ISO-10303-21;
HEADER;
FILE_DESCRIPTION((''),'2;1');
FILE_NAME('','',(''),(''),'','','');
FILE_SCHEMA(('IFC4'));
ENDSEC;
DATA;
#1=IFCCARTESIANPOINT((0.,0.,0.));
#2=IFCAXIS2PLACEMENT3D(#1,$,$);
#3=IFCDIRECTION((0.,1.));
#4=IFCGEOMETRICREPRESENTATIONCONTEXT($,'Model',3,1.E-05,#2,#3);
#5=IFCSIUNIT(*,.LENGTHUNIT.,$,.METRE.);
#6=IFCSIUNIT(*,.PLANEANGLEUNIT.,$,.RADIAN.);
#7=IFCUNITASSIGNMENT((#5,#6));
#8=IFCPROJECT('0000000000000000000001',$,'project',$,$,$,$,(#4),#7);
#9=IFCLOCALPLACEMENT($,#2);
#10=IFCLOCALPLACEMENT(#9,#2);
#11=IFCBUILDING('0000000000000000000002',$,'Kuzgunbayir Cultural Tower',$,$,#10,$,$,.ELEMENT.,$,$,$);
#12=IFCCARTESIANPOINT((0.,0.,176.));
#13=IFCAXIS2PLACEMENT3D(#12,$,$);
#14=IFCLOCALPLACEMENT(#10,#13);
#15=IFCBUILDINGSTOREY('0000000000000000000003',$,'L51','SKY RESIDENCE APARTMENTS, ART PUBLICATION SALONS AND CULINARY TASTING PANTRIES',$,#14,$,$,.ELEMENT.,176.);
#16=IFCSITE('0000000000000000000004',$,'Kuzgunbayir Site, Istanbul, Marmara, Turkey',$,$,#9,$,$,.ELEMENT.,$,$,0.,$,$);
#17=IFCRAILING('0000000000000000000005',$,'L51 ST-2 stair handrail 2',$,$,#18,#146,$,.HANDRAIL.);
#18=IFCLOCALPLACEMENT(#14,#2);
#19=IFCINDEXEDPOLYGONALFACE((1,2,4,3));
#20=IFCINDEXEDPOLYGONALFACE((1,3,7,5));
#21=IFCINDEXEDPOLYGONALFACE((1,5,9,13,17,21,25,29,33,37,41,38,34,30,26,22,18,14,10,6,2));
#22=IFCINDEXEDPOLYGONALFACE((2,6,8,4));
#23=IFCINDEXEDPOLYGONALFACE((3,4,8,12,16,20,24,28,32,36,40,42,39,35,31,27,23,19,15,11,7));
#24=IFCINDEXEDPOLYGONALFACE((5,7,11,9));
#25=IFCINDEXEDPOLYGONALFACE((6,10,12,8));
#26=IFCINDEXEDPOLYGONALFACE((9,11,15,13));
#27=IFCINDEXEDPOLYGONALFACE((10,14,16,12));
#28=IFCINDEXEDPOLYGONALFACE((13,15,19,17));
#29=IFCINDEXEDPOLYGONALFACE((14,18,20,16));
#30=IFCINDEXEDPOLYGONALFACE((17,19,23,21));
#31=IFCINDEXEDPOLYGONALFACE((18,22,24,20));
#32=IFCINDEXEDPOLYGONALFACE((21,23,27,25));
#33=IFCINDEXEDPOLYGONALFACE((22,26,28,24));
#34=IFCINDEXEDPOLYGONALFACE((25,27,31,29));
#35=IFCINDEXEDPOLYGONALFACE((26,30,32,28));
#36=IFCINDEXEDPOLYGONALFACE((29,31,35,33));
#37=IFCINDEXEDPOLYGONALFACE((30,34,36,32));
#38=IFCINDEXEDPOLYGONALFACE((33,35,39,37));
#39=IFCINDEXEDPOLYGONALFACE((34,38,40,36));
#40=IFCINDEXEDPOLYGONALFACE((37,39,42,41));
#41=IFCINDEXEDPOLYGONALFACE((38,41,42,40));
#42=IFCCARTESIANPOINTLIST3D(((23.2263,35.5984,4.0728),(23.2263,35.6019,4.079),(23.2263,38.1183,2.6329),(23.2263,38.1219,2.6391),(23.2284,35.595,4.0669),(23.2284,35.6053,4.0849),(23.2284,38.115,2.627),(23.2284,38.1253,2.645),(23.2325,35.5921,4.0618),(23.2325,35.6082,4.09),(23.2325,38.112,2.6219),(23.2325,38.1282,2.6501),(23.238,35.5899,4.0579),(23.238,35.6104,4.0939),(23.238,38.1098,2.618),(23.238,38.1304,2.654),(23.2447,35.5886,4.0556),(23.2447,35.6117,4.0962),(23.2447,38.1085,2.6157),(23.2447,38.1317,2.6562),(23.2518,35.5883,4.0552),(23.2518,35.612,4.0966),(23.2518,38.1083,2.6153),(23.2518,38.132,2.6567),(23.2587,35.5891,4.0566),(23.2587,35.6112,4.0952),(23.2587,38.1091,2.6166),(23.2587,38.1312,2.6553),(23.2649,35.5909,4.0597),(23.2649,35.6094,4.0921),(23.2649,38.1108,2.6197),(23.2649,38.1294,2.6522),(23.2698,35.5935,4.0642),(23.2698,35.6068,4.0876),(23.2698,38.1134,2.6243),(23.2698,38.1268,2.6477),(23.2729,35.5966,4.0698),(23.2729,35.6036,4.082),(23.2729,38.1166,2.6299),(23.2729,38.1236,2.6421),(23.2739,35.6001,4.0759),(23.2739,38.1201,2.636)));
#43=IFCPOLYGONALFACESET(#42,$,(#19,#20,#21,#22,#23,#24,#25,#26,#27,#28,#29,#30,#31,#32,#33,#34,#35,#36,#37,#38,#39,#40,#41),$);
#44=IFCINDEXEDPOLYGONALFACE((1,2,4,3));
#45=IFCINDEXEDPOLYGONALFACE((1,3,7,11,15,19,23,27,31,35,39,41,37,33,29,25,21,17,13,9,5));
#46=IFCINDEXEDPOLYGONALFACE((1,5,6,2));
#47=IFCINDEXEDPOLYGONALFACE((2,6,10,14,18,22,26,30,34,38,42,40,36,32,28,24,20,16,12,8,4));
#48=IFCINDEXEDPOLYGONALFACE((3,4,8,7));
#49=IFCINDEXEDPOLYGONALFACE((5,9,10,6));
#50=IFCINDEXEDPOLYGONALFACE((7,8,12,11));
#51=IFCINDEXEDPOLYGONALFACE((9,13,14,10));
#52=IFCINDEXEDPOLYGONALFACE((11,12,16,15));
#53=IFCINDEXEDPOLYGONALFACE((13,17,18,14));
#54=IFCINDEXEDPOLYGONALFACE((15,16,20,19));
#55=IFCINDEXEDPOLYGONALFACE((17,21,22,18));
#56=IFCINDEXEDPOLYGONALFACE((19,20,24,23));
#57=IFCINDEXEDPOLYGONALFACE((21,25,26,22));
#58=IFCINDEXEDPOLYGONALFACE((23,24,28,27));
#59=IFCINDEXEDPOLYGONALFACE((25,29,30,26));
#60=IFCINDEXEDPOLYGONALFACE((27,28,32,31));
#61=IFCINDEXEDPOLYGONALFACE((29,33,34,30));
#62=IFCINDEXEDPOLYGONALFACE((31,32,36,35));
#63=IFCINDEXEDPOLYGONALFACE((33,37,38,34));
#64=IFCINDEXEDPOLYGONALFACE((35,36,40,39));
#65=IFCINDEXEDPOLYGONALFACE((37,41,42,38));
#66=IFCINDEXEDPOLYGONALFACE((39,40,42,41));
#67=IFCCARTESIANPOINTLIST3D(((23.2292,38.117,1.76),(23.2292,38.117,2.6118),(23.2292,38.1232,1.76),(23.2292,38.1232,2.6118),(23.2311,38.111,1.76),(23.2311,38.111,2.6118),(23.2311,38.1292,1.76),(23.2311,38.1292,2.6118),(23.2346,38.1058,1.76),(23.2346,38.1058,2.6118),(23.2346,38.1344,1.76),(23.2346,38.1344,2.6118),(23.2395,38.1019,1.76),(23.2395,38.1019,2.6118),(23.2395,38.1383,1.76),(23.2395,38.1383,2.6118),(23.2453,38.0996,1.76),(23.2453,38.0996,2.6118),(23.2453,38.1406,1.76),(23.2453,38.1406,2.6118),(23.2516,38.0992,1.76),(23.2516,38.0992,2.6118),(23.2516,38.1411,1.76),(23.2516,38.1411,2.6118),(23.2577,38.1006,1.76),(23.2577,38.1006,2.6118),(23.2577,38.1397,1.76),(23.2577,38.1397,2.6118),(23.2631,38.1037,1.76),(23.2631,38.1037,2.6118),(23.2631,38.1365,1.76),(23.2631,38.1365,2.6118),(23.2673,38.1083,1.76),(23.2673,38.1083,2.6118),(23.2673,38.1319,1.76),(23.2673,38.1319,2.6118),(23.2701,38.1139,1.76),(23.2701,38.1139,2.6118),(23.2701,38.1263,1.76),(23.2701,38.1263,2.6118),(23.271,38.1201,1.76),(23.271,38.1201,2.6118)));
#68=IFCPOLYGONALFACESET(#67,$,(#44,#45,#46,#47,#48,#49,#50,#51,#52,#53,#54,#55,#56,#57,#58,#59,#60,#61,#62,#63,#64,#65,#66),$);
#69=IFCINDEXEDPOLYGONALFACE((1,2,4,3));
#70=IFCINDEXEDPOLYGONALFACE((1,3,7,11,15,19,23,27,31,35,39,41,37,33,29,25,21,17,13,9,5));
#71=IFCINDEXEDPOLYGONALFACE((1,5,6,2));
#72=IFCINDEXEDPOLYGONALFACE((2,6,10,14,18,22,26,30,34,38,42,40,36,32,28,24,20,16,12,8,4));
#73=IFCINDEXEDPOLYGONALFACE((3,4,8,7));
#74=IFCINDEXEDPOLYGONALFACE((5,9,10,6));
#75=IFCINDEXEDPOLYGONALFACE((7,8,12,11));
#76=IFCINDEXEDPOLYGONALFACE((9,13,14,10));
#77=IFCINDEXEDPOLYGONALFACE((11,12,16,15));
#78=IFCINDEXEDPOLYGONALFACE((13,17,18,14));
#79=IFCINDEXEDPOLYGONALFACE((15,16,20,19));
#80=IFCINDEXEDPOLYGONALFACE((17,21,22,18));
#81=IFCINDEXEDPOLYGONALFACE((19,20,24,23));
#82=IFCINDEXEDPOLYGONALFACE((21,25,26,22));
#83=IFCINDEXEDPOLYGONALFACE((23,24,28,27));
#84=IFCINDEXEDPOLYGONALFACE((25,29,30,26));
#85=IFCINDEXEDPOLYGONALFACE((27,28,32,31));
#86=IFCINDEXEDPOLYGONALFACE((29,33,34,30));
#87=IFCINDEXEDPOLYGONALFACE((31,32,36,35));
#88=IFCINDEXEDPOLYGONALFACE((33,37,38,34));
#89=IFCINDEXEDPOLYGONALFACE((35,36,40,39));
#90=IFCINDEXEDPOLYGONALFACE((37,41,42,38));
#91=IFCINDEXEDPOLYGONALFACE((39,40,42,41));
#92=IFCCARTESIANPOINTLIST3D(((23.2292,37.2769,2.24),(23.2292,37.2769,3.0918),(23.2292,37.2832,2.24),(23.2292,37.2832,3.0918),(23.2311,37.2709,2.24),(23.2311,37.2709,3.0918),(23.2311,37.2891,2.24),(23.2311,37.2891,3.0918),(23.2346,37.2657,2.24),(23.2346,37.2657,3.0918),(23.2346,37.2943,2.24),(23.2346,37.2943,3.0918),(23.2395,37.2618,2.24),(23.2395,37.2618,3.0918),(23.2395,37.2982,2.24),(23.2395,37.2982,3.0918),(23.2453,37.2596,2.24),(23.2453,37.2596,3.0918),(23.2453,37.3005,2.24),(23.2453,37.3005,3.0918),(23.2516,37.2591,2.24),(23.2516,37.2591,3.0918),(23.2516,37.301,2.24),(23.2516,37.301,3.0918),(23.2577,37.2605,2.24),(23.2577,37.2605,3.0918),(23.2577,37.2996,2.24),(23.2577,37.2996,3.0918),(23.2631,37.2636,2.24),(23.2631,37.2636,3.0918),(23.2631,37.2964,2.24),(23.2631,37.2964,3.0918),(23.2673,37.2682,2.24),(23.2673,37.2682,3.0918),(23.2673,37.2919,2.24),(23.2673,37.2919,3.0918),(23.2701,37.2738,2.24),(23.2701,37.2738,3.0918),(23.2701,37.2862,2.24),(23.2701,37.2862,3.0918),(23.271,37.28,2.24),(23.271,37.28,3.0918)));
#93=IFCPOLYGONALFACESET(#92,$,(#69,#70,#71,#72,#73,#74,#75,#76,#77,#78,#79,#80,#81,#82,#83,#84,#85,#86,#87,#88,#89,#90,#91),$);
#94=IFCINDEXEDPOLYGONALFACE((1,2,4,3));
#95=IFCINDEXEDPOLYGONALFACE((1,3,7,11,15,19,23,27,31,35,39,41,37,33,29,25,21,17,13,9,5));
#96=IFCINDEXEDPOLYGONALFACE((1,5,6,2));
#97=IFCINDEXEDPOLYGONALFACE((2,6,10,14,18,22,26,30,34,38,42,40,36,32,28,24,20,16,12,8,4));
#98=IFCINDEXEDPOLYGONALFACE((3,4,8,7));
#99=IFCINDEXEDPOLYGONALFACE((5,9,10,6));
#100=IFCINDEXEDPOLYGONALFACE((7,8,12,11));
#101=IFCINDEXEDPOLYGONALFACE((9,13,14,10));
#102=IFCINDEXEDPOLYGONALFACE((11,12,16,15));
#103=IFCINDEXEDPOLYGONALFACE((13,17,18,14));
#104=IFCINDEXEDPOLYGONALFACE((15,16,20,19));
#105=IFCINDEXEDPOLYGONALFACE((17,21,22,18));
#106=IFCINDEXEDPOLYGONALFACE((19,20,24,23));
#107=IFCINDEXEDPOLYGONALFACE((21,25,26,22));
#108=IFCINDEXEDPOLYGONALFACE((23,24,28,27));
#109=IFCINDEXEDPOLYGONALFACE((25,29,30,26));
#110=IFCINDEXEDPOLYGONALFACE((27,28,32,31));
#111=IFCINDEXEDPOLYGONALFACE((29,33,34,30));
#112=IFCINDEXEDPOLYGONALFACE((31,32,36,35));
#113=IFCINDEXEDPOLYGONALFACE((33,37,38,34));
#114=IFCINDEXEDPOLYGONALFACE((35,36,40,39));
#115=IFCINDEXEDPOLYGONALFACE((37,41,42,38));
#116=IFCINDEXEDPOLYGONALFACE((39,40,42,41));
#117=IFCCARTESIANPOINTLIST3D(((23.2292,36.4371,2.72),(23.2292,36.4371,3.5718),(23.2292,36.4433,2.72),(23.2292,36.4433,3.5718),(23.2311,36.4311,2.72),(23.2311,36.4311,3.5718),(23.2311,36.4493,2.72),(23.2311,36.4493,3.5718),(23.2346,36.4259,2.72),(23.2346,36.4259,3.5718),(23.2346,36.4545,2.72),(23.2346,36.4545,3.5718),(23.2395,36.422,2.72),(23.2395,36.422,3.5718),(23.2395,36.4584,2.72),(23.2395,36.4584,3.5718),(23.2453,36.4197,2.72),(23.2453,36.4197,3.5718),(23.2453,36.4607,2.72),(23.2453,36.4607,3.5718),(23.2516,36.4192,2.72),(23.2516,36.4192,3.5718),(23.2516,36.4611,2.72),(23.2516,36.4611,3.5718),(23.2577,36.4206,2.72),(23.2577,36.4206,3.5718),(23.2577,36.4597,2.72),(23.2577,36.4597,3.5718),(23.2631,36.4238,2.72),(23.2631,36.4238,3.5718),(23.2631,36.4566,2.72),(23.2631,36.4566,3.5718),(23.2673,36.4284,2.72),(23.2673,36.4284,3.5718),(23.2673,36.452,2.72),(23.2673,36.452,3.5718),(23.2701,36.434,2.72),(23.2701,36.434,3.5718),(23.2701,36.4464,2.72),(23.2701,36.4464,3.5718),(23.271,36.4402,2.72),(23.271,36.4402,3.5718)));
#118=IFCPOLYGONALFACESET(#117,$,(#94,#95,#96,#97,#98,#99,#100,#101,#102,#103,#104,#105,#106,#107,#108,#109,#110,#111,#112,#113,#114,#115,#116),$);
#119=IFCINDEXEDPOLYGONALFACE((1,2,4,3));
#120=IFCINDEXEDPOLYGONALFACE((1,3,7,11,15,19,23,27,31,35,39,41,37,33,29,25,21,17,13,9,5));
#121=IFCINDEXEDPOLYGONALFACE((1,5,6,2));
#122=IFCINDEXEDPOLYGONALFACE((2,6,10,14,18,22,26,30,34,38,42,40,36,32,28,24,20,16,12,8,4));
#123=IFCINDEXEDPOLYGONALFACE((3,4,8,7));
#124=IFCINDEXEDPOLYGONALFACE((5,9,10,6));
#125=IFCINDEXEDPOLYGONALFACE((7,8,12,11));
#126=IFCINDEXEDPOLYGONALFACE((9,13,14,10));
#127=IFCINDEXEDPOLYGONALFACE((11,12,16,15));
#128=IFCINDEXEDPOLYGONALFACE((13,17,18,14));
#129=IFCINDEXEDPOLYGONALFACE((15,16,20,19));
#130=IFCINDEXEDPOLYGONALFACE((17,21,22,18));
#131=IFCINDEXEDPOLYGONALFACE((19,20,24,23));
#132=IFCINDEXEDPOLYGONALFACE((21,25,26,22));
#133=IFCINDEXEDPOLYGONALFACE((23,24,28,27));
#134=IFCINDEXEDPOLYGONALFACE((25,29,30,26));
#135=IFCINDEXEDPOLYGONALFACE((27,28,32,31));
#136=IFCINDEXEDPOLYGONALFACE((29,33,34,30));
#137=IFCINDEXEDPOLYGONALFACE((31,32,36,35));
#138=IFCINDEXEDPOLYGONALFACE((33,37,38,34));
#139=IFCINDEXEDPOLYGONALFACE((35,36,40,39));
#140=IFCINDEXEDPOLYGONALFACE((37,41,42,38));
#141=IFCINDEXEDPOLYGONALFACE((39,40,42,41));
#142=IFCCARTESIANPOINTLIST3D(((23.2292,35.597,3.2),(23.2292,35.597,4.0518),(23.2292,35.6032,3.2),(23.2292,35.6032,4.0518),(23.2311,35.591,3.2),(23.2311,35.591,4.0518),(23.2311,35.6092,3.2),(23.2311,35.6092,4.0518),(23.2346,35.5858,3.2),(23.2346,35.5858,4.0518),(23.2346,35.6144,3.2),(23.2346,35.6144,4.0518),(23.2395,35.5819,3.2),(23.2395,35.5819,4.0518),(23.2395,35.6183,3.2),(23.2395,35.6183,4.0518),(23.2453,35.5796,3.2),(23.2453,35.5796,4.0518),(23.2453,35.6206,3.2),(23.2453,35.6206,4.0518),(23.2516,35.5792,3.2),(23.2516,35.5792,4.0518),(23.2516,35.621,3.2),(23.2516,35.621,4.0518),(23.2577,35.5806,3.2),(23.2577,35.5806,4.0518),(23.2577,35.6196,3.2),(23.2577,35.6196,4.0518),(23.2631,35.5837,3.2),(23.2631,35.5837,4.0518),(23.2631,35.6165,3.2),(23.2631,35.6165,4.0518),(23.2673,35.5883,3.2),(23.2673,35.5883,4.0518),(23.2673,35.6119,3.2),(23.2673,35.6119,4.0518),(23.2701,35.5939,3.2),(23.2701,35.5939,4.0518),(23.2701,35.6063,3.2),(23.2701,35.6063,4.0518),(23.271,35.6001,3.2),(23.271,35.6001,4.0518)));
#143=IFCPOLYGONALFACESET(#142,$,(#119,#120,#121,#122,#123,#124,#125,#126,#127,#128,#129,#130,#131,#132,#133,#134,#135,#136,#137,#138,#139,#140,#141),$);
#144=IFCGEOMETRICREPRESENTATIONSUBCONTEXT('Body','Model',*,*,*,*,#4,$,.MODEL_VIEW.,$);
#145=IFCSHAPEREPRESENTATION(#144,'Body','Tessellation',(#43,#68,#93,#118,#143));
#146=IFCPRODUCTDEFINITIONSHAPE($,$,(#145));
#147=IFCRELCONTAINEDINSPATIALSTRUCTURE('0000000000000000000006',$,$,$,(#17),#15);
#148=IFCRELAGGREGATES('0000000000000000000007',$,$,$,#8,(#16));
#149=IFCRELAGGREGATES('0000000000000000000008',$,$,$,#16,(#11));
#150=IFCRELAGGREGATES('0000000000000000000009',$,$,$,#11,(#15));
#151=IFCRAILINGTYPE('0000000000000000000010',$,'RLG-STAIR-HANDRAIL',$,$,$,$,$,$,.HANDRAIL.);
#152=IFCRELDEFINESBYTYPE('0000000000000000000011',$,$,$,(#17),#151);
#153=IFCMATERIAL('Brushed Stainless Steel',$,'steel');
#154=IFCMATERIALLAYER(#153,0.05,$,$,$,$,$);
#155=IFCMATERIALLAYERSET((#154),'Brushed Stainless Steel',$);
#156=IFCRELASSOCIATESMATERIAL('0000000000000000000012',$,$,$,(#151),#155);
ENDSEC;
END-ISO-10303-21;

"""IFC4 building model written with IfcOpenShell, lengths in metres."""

from ifc_helpers import new_model, si_unit, direction, frame, origin, origin_2d, place, context, subcontext, project, spatial, circle, extrude, material, layer, layer_set, type_object, element, save


model = new_model("IFC4")

# Units and contexts
model_context = context("Model", 3, precision=1e-05, world=origin(), true_north=direction((0.0, 1.0)))
body_context = subcontext(model_context, "Body", "Model", "MODEL_VIEW")
ifc_project = project(units=[si_unit("LENGTHUNIT", "METRE"), si_unit("PLANEANGLEUNIT", "RADIAN")], contexts=[model_context])

# Site, building, storey
site_placement = place(None, origin())
site = spatial("IfcSite", under=ifc_project, at=site_placement, Name="Kuzgunbayir Site, Istanbul, Marmara, Turkey", CompositionType="ELEMENT", RefElevation=0.0)
building_placement = place(site_placement, origin())
building = spatial("IfcBuilding", under=site, at=building_placement, Name="Kuzgunbayir Cultural Tower", CompositionType="ELEMENT")
storey_placement = place(building_placement, frame((0.0, 0.0, 176.0)))
storey = spatial("IfcBuildingStorey", under=building, at=storey_placement, Name="L51", Description="SKY RESIDENCE APARTMENTS, ART PUBLICATION SALONS AND CULINARY TASTING PANTRIES", CompositionType="ELEMENT", Elevation=176.0)

# Shared definitions
ifc_material_1 = material(Name="Brushed Stainless Steel", Category="steel")

# Railing
ifc_layer_1 = layer(ifc_material_1, 0.05)
ifc_layer_set_1 = layer_set([ifc_layer_1], Name="Brushed Stainless Steel")
railing_type_1 = type_object("IfcRailingType", Name="RLG-STAIR-HANDRAIL", PredefinedType="HANDRAIL", material=ifc_layer_set_1)
railing_1_placement = place(storey_placement, frame((23.25, 38.1201, 1.76)))
element("IfcRailing", 1, at=railing_1_placement, inside=storey, type_object=railing_type_1, Name="L51 ST-2 stair handrail 2", PredefinedType="HANDRAIL", context=body_context, shape_type="SweptSolid", body=[
    extrude(circle(Radius=0.0239, at=origin_2d()), frame((0.0, 0.0, 0.876), z_axis=(0.0, -0.868253, 0.496121), x_axis=(1.0, 0.0, 0.0)), (0.0, 0.0, 1.0), 2.9023),
    extrude(circle(Radius=0.021, at=origin_2d()), origin(), (0.0, 0.0, 1.0), 0.8518),
    extrude(circle(Radius=0.021, at=origin_2d()), frame((0.0, -0.8401, 0.48)), (0.0, 0.0, 1.0), 0.8518),
    extrude(circle(Radius=0.021, at=origin_2d()), frame((0.0, -1.6799, 0.96)), (0.0, 0.0, 1.0), 0.8518),
    extrude(circle(Radius=0.021, at=origin_2d()), frame((0.0, -2.52, 1.4399)), (0.0, 0.0, 1.0), 0.8518),
])

save(model, "model.ifc")
